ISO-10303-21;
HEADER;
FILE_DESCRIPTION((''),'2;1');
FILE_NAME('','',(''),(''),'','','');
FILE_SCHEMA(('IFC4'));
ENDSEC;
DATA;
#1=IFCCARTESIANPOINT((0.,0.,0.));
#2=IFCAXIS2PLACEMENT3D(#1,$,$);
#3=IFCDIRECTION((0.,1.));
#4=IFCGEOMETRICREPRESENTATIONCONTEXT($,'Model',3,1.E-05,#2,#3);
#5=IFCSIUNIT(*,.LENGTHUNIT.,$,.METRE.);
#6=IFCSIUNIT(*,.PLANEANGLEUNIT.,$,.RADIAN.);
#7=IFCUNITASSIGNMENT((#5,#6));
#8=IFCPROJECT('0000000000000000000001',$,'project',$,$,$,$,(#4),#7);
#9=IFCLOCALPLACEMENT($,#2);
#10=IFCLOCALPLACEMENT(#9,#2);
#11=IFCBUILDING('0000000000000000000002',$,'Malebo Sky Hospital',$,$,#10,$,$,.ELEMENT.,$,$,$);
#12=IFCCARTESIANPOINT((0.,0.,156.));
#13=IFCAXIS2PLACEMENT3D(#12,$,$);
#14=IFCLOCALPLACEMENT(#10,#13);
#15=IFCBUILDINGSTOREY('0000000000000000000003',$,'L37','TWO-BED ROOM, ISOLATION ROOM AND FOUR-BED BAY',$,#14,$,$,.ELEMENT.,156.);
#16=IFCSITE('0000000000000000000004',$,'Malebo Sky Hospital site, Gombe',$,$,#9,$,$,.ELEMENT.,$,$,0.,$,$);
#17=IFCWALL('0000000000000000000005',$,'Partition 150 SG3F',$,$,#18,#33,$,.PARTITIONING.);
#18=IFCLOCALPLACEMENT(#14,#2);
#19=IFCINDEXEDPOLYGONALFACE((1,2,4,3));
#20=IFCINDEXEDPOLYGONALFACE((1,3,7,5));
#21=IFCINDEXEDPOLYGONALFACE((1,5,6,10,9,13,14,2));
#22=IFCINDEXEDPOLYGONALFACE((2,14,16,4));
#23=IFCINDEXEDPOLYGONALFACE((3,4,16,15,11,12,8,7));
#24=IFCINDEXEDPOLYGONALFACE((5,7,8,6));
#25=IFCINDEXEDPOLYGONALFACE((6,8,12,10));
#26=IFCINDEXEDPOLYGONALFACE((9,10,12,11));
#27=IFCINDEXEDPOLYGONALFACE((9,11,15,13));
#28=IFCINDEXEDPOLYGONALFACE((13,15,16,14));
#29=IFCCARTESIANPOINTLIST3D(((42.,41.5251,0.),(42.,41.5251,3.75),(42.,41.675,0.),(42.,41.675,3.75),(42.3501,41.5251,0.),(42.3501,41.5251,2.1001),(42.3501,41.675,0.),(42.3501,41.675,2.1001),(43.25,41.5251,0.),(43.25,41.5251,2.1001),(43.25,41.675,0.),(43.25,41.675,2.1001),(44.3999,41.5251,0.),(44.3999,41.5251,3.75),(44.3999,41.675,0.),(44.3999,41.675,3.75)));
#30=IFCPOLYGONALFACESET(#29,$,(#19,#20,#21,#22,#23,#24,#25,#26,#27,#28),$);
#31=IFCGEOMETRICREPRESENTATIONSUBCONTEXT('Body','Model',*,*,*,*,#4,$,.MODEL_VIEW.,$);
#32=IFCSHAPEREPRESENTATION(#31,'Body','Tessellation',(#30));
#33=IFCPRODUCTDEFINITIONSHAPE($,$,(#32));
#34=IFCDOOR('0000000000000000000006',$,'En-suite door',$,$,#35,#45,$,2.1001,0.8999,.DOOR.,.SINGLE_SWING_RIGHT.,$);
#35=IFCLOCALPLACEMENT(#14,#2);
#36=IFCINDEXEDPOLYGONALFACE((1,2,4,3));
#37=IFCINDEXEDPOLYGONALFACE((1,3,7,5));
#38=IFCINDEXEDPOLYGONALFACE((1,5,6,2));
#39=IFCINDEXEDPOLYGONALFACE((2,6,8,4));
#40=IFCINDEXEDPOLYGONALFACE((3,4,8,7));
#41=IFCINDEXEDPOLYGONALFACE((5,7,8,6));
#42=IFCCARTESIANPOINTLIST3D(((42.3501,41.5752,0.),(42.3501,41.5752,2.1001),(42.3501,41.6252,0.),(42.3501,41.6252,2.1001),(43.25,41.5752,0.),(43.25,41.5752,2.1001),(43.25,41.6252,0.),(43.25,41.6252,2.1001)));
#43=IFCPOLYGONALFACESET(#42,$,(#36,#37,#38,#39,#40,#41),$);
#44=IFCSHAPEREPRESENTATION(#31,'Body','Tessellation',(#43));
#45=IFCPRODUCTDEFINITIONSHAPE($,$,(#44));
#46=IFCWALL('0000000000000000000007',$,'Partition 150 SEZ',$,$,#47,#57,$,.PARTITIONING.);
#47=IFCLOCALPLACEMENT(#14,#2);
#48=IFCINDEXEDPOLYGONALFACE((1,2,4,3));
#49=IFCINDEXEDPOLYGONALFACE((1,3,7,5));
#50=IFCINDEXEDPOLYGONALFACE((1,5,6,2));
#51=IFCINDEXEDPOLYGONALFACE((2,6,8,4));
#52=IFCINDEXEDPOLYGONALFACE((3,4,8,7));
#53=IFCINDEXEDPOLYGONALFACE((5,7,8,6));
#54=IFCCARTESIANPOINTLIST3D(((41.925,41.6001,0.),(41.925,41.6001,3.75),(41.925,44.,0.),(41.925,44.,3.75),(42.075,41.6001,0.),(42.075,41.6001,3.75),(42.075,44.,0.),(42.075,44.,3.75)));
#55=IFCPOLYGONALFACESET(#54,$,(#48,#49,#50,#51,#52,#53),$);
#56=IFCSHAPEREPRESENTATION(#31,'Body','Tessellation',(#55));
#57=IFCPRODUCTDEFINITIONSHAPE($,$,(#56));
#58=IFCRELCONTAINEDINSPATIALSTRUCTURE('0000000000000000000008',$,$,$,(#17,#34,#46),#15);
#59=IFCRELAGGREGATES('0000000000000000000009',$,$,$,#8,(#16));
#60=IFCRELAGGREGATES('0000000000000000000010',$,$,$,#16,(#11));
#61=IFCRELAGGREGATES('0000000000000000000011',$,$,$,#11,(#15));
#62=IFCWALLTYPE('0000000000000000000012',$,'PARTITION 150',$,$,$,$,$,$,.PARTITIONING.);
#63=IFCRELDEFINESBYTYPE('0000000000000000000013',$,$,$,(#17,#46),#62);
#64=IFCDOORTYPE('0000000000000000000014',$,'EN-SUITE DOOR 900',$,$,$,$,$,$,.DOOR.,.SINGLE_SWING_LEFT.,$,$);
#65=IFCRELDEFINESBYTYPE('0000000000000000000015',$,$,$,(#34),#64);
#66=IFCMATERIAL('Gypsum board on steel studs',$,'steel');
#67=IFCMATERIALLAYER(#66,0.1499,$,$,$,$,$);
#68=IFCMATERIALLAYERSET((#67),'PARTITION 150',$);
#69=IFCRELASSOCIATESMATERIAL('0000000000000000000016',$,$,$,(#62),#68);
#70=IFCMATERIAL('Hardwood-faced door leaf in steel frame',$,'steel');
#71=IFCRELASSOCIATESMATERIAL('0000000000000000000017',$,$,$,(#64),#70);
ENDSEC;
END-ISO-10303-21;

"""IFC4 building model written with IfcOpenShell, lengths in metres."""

from ifc_helpers import new_model, si_unit, direction, frame, frame_2d, origin, place, context, subcontext, project, spatial, rectangle, extrude, material, layer, layer_set, type_object, element, fill, save


model = new_model("IFC4")

# Units and contexts
model_context = context("Model", 3, precision=1e-05, world=origin(), true_north=direction((0.0, 1.0)))
body_context = subcontext(model_context, "Body", "Model", "MODEL_VIEW")
ifc_project = project(units=[si_unit("LENGTHUNIT", "METRE"), si_unit("PLANEANGLEUNIT", "RADIAN")], contexts=[model_context])

# Site, building, storey
site_placement = place(None, origin())
site = spatial("IfcSite", under=ifc_project, at=site_placement, Name="Malebo Sky Hospital site, Gombe", CompositionType="ELEMENT", RefElevation=0.0)
building_placement = place(site_placement, origin())
building = spatial("IfcBuilding", under=site, at=building_placement, Name="Malebo Sky Hospital", CompositionType="ELEMENT")
storey_placement = place(building_placement, frame((0.0, 0.0, 156.0)))
storey = spatial("IfcBuildingStorey", under=building, at=storey_placement, Name="L37", Description="TWO-BED ROOM, ISOLATION ROOM AND FOUR-BED BAY", CompositionType="ELEMENT", Elevation=156.0)

# Shared definitions
ifc_material_1 = material(Name="Gypsum board on steel studs", Category="steel")
ifc_material_2 = material(Name="Hardwood-faced door leaf in steel frame", Category="steel")

# Shared definitions
ifc_layer_1 = layer(ifc_material_1, 0.1499)
ifc_layer_set_1 = layer_set([ifc_layer_1], Name="PARTITION 150")
wall_type_1 = type_object("IfcWallType", Name="PARTITION 150", PredefinedType="PARTITIONING", material=ifc_layer_set_1)

# Wall, opening, door
door_type_1 = type_object("IfcDoorType", Name="EN-SUITE DOOR 900", OperationType="SINGLE_SWING_LEFT", PredefinedType="DOOR", material=ifc_material_2)
wall_1_placement = place(storey_placement, frame((44.3999, 41.6001, 0.0), z_axis=(0.0, 0.0, 1.0), x_axis=(-1.0, 0.0, 0.0)))
wall_1 = element("IfcWall", 1, at=wall_1_placement, inside=storey, type_object=wall_type_1, Name="Partition 150 SG3F", PredefinedType="PARTITIONING", context=body_context, shape_type="SweptSolid", body=[
    extrude(rectangle(XDim=2.3999, YDim=0.1499, at=frame_2d((1.2, 0.0))), origin(), (0.0, 0.0, 1.0), 3.75),
])
opening_1_placement = place(wall_1_placement, frame((1.1499, 0.0, 0.0)))
opening_1 = element("IfcOpeningElement", 2, at=opening_1_placement, cuts=wall_1, PredefinedType="OPENING", context=body_context, shape_type="SweptSolid", body=[
    extrude(rectangle(XDim=0.8999, YDim=2.1001, at=frame_2d((0.45, 1.05))), frame((0.0, 0.085, 0.0), z_axis=(0.0, -1.0, 0.0), x_axis=(1.0, 0.0, 0.0)), (0.0, 0.0, 1.0), 0.1699),
])
door_1_placement = place(opening_1_placement, origin())
door_1 = element("IfcDoor", 3, at=door_1_placement, inside=storey, type_object=door_type_1, Name="En-suite door", OperationType="SINGLE_SWING_RIGHT", OverallHeight=2.1001, OverallWidth=0.8999, PredefinedType="DOOR", context=body_context, shape_type="SweptSolid", body=[
    extrude(rectangle(XDim=0.8999, YDim=2.1001, at=frame_2d((0.45, 1.05))), frame((0.0, 0.0249, 0.0), z_axis=(0.0, -1.0, 0.0), x_axis=(1.0, 0.0, 0.0)), (0.0, 0.0, 1.0), 0.05),
])
fill(opening_1, door_1)

# Wall
wall_2_placement = place(storey_placement, frame((42.0, 44.0, 0.0), z_axis=(0.0, 0.0, 1.0), x_axis=(0.0, -1.0, 0.0)))
element("IfcWall", 4, at=wall_2_placement, inside=storey, type_object=wall_type_1, Name="Partition 150 SEZ", PredefinedType="PARTITIONING", context=body_context, shape_type="SweptSolid", body=[
    extrude(rectangle(XDim=2.3999, YDim=0.1499, at=frame_2d((1.2, 0.0))), origin(), (0.0, 0.0, 1.0), 3.75),
])

save(model, "model.ifc")
